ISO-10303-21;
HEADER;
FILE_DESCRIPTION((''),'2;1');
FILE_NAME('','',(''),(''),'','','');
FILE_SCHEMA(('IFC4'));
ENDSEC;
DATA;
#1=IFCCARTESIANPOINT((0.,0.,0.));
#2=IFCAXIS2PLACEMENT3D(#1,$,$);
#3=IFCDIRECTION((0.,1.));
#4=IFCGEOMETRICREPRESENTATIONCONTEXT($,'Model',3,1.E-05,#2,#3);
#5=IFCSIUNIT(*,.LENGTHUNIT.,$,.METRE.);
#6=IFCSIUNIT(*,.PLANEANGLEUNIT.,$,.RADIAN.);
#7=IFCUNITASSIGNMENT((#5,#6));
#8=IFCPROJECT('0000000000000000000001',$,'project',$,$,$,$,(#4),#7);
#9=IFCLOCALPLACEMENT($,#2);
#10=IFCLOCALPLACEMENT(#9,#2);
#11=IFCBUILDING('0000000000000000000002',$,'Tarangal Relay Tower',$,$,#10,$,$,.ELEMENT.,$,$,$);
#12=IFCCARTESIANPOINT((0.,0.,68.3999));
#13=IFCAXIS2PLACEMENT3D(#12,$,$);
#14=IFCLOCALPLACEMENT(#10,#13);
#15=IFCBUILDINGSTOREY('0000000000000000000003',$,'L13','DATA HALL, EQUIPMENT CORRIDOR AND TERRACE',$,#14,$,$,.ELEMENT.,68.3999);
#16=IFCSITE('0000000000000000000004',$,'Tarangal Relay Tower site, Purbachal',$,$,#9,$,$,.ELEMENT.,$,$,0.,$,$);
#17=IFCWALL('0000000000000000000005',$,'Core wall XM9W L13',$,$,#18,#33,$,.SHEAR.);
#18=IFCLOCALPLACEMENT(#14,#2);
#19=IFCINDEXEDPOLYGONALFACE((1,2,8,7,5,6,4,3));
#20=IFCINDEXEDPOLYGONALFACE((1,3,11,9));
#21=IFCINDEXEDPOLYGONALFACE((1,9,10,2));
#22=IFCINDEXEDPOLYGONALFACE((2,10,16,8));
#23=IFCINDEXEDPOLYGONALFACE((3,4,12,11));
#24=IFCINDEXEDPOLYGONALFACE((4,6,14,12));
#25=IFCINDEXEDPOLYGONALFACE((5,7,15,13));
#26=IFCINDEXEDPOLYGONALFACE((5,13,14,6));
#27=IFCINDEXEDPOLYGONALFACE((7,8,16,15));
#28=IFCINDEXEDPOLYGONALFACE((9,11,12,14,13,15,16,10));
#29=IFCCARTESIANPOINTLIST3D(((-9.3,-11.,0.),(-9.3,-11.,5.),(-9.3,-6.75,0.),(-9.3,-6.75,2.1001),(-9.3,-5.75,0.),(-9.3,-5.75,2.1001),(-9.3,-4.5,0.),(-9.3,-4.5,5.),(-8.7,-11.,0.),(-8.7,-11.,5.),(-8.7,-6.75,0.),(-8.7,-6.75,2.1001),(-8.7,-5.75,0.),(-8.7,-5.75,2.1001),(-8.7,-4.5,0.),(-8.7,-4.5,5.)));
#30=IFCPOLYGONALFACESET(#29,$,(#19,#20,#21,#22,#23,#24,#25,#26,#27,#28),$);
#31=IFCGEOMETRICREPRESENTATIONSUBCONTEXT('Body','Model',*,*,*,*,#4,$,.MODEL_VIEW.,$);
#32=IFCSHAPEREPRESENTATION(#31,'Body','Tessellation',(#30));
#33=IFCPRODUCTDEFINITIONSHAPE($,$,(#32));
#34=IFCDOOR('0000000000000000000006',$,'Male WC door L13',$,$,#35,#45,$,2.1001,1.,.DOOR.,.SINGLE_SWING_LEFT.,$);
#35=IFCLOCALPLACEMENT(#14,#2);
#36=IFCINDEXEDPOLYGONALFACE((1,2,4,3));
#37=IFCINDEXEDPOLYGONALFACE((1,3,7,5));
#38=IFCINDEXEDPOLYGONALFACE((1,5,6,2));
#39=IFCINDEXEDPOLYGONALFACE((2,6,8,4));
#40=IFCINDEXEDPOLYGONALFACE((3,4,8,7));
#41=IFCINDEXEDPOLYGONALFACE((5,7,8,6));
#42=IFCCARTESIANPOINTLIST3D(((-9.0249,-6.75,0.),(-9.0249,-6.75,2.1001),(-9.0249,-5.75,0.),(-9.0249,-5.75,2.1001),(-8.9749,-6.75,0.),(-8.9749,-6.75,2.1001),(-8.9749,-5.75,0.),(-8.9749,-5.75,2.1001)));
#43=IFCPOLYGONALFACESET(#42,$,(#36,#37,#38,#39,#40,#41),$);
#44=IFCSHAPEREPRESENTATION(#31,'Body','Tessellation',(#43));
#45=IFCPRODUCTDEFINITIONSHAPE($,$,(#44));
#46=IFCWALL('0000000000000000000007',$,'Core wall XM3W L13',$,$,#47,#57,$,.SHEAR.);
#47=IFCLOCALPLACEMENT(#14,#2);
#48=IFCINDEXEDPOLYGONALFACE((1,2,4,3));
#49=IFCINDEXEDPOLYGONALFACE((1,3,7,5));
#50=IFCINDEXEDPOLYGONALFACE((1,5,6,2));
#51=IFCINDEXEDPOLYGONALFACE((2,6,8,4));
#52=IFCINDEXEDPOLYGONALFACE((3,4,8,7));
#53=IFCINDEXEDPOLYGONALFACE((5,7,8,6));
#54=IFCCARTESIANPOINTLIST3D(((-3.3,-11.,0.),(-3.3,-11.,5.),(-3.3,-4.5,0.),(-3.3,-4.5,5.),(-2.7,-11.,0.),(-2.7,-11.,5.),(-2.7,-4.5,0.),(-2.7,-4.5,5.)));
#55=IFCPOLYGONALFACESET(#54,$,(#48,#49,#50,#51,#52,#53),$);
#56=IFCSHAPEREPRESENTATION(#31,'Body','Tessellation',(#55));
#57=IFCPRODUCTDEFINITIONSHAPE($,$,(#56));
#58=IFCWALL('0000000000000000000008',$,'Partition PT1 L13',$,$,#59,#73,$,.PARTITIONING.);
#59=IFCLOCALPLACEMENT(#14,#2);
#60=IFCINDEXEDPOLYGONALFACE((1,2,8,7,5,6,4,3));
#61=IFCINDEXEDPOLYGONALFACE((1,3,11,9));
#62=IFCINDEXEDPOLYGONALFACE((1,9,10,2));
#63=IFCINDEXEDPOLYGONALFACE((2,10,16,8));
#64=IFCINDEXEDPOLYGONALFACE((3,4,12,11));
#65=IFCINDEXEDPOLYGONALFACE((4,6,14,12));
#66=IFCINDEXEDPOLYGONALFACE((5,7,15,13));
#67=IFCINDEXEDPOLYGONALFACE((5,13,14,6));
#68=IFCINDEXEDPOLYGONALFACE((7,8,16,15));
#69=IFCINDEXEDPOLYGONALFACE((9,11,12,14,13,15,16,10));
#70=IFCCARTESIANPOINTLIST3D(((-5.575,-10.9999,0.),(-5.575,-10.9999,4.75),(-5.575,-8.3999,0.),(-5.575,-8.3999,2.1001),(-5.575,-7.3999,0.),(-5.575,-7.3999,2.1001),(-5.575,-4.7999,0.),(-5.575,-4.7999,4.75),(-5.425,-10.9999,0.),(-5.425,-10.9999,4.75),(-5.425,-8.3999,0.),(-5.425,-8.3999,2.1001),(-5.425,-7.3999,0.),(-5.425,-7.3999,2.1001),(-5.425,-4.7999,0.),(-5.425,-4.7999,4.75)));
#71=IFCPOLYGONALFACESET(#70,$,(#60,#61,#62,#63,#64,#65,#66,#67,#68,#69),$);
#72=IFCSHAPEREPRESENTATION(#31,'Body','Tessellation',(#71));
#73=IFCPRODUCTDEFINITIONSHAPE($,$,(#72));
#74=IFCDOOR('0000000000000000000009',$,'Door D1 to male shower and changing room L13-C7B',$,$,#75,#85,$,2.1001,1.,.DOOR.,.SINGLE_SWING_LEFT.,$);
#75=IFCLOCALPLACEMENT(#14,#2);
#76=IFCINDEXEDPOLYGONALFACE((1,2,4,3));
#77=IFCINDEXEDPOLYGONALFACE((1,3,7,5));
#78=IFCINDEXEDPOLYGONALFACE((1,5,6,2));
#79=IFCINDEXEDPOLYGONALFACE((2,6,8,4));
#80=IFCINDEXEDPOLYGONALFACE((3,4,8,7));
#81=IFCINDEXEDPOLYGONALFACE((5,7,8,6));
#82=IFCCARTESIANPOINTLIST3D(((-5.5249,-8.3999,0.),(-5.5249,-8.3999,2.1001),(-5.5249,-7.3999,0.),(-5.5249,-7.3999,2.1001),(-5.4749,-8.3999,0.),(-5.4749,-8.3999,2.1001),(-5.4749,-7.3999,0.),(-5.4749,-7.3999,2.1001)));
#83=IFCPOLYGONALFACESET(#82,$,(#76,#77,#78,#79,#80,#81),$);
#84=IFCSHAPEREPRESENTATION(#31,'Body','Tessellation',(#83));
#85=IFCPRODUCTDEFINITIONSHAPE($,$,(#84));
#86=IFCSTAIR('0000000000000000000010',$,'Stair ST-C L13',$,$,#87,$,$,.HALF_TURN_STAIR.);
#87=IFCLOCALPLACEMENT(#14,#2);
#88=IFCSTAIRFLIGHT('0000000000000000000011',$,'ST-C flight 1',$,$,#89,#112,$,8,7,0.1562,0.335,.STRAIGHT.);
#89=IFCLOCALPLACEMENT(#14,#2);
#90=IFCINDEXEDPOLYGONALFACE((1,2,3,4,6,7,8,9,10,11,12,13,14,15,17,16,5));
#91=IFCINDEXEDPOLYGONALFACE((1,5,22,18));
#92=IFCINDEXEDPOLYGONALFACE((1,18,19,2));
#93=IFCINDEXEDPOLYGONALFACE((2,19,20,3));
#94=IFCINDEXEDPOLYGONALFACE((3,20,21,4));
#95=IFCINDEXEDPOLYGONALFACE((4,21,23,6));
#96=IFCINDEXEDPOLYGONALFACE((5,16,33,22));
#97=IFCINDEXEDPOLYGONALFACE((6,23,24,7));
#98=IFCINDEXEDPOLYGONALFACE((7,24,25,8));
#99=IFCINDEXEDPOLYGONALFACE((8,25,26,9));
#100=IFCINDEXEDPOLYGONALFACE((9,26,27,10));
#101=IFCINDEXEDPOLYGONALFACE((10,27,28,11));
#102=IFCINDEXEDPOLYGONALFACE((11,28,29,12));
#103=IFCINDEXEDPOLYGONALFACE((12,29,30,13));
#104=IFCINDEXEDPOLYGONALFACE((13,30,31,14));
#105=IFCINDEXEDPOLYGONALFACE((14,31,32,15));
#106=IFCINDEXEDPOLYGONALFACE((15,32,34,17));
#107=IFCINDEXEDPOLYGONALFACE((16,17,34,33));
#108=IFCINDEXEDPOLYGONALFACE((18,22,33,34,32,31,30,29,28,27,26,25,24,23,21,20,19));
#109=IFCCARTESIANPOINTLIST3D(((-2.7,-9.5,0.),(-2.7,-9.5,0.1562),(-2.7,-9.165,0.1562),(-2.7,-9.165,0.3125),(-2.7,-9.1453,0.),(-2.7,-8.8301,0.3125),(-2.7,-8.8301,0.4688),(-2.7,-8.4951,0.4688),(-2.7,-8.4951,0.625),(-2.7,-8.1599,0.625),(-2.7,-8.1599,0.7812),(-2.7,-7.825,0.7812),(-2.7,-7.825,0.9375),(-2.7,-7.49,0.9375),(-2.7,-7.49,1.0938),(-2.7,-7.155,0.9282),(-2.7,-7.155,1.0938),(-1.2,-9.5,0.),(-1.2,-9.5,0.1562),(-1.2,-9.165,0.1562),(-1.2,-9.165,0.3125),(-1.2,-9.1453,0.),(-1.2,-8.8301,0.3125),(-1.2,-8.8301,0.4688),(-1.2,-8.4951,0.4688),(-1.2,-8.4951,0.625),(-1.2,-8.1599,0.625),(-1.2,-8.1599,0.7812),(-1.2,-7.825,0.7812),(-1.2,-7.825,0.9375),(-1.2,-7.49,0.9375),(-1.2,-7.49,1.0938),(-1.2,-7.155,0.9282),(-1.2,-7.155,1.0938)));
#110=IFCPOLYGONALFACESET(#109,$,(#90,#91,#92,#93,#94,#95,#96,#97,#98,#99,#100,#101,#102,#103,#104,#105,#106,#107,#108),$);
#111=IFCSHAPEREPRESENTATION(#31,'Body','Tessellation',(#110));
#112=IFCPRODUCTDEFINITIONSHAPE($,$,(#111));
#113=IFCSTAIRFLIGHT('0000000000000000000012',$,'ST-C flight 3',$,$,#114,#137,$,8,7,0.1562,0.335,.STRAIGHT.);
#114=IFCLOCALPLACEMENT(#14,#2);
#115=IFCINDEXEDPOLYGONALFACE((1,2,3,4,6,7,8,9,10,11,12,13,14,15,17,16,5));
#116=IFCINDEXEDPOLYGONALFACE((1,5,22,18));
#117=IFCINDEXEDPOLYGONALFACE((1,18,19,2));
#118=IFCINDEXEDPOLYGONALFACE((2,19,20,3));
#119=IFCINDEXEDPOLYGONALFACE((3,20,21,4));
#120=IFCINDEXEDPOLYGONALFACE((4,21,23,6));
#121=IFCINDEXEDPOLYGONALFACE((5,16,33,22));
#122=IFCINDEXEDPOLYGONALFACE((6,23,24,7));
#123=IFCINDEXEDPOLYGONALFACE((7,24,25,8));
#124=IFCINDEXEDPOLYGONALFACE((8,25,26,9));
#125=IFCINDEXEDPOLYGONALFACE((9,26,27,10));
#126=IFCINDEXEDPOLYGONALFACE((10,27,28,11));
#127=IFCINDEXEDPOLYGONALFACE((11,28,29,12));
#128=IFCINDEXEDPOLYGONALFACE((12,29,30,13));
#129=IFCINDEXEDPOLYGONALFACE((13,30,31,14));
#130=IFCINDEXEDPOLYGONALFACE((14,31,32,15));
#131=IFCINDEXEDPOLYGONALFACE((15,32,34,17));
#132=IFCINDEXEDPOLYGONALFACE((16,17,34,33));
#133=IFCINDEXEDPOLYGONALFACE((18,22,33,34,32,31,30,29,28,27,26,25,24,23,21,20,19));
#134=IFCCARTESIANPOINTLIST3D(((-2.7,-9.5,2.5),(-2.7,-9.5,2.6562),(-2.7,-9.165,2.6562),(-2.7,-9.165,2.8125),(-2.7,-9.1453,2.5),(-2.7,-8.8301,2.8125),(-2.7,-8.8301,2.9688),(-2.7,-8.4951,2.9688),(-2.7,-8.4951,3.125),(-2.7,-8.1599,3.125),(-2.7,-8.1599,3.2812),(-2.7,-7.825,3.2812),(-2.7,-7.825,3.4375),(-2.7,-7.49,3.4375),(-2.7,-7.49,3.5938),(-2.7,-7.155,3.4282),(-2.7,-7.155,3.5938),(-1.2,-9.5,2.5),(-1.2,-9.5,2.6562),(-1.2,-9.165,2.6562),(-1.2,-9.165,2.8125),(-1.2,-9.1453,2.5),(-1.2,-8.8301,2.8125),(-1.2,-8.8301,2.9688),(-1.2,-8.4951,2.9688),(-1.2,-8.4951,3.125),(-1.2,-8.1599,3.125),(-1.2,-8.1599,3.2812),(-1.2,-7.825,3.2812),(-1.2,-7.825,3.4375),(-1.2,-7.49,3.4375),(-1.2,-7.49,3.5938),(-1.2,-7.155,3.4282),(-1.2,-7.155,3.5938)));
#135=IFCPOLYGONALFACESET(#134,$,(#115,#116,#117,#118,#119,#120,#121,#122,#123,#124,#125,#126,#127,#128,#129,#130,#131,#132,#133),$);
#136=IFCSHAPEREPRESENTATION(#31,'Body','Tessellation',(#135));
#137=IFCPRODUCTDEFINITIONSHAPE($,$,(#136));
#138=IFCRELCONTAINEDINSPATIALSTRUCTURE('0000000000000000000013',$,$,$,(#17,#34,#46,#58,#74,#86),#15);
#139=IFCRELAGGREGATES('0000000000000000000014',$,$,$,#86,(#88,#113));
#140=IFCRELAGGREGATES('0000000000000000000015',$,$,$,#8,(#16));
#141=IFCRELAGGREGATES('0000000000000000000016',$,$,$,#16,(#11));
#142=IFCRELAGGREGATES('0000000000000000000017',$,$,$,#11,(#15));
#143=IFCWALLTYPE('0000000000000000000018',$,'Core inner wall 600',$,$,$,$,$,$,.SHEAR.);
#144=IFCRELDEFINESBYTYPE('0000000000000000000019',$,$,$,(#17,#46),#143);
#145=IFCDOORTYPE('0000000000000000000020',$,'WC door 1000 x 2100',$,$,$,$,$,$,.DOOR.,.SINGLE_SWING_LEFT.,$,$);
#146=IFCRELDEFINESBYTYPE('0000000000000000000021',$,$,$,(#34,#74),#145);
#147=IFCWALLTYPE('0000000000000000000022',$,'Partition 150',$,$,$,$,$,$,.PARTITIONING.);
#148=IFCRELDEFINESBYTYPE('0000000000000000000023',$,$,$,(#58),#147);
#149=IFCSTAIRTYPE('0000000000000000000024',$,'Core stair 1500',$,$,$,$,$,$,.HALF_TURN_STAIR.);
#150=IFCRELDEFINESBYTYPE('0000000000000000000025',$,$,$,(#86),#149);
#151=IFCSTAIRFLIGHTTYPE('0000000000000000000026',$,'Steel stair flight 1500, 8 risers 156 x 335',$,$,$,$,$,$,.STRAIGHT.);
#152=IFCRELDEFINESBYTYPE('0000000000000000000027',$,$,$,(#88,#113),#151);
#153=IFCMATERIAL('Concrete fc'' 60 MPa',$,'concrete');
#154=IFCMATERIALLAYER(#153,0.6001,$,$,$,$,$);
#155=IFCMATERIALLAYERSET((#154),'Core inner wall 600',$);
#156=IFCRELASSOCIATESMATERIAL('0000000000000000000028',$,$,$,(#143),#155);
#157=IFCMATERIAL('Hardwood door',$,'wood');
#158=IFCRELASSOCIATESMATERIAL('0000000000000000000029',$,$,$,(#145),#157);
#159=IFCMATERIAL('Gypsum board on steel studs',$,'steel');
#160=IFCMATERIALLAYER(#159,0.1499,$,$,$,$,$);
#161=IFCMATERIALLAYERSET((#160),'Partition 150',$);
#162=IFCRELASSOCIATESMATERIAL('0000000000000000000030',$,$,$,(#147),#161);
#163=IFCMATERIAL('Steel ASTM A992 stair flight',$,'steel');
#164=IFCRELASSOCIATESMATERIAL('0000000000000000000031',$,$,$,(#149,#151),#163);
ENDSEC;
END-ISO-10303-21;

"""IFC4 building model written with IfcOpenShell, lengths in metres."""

from ifc_helpers import new_model, si_unit, direction, frame, frame_2d, origin, place, context, subcontext, project, spatial, polyline, rectangle, outline, extrude, material, layer, layer_set, type_object, element, fill, aggregate, save


model = new_model("IFC4")

# Units and contexts
model_context = context("Model", 3, precision=1e-05, world=origin(), true_north=direction((0.0, 1.0)))
body_context = subcontext(model_context, "Body", "Model", "MODEL_VIEW")
ifc_project = project(units=[si_unit("LENGTHUNIT", "METRE"), si_unit("PLANEANGLEUNIT", "RADIAN")], contexts=[model_context])

# Site, building, storey
site_placement = place(None, origin())
site = spatial("IfcSite", under=ifc_project, at=site_placement, Name="Tarangal Relay Tower site, Purbachal", CompositionType="ELEMENT", RefElevation=0.0)
building_placement = place(site_placement, origin())
building = spatial("IfcBuilding", under=site, at=building_placement, Name="Tarangal Relay Tower", CompositionType="ELEMENT")
storey_placement = place(building_placement, frame((0.0, 0.0, 68.3999)))
storey = spatial("IfcBuildingStorey", under=building, at=storey_placement, Name="L13", Description="DATA HALL, EQUIPMENT CORRIDOR AND TERRACE", CompositionType="ELEMENT", Elevation=68.3999)

# Shared definitions
ifc_material_1 = material(Name="Concrete fc' 60 MPa", Category="concrete")
ifc_layer_1 = layer(ifc_material_1, 0.6001)
ifc_layer_set_1 = layer_set([ifc_layer_1], Name="Core inner wall 600")
wall_type_1 = type_object("IfcWallType", Name="Core inner wall 600", PredefinedType="SHEAR", material=ifc_layer_set_1)

# Shared definitions
ifc_material_2 = material(Name="Hardwood door", Category="wood")
door_type = type_object("IfcDoorType", Name="WC door 1000 x 2100", OperationType="SINGLE_SWING_LEFT", PredefinedType="DOOR", material=ifc_material_2)

# Wall, opening, door
wall_1_placement = place(storey_placement, frame((-9.0, -11.0, 0.0), z_axis=(0.0, 0.0, 1.0), x_axis=(0.0, 1.0, 0.0)))
wall_1 = element("IfcWall", 1, at=wall_1_placement, inside=storey, type_object=wall_type_1, Name="Core wall XM9W L13", PredefinedType="SHEAR", context=body_context, shape_type="SweptSolid", body=[
    extrude(rectangle(XDim=6.5, YDim=0.6001, at=frame_2d((3.25, 0.0))), origin(), (0.0, 0.0, 1.0), 5.0),
])
opening_1_placement = place(wall_1_placement, frame((4.25, 0.0, 0.0)))
opening_1 = element("IfcOpeningElement", 2, at=opening_1_placement, cuts=wall_1, PredefinedType="OPENING", context=body_context, shape_type="SweptSolid", body=[
    extrude(rectangle(XDim=1.0, YDim=2.1001, at=frame_2d((0.5, 1.05))), frame((0.0, 0.3101, 0.0), z_axis=(0.0, -1.0, 0.0), x_axis=(1.0, 0.0, 0.0)), (0.0, 0.0, 1.0), 0.6201),
])
door_1_placement = place(opening_1_placement, origin())
door_1 = element("IfcDoor", 3, at=door_1_placement, inside=storey, type_object=door_type, Name="Male WC door L13", OperationType="SINGLE_SWING_LEFT", OverallHeight=2.1001, OverallWidth=1.0, PredefinedType="DOOR", context=body_context, shape_type="SweptSolid", body=[
    extrude(rectangle(XDim=1.0, YDim=2.1001, at=frame_2d((0.5, 1.05))), frame((0.0, 0.0249, 0.0), z_axis=(0.0, -1.0, 0.0), x_axis=(1.0, 0.0, 0.0)), (0.0, 0.0, 1.0), 0.05),
])
fill(opening_1, door_1)

# Wall
wall_2_placement = place(storey_placement, frame((-3.0, -11.0, 0.0), z_axis=(0.0, 0.0, 1.0), x_axis=(0.0, 1.0, 0.0)))
element("IfcWall", 4, at=wall_2_placement, inside=storey, type_object=wall_type_1, Name="Core wall XM3W L13", PredefinedType="SHEAR", context=body_context, shape_type="SweptSolid", body=[
    extrude(rectangle(XDim=6.5, YDim=0.6001, at=frame_2d((3.25, 0.0))), origin(), (0.0, 0.0, 1.0), 5.0),
])

# Wall, opening, door
ifc_material_3 = material(Name="Gypsum board on steel studs", Category="steel")
ifc_layer_2 = layer(ifc_material_3, 0.1499)
ifc_layer_set_2 = layer_set([ifc_layer_2], Name="Partition 150")
wall_type_2 = type_object("IfcWallType", Name="Partition 150", PredefinedType="PARTITIONING", material=ifc_layer_set_2)
wall_3_placement = place(storey_placement, frame((-5.5, -11.0, 0.0), z_axis=(0.0, 0.0, 1.0), x_axis=(0.0, 1.0, 0.0)))
wall_3 = element("IfcWall", 5, at=wall_3_placement, inside=storey, type_object=wall_type_2, Name="Partition PT1 L13", PredefinedType="PARTITIONING", context=body_context, shape_type="SweptSolid", body=[
    extrude(rectangle(XDim=6.2, YDim=0.1499, at=frame_2d((3.1001, 0.0))), origin(), (0.0, 0.0, 1.0), 4.75),
])
opening_2_placement = place(wall_3_placement, frame((2.6001, 0.0, 0.0)))
opening_2 = element("IfcOpeningElement", 6, at=opening_2_placement, cuts=wall_3, PredefinedType="OPENING", context=body_context, shape_type="SweptSolid", body=[
    extrude(rectangle(XDim=1.0, YDim=2.1001, at=frame_2d((0.5, 1.05))), frame((0.0, 0.085, 0.0), z_axis=(0.0, -1.0, 0.0), x_axis=(1.0, 0.0, 0.0)), (0.0, 0.0, 1.0), 0.1699),
])
door_2_placement = place(opening_2_placement, origin())
door_2 = element("IfcDoor", 7, at=door_2_placement, inside=storey, type_object=door_type, Name="Door D1 to male shower and changing room L13-C7B", OperationType="SINGLE_SWING_LEFT", OverallHeight=2.1001, OverallWidth=1.0, PredefinedType="DOOR", context=body_context, shape_type="SweptSolid", body=[
    extrude(rectangle(XDim=1.0, YDim=2.1001, at=frame_2d((0.5, 1.05))), frame((0.0, 0.0249, 0.0), z_axis=(0.0, -1.0, 0.0), x_axis=(1.0, 0.0, 0.0)), (0.0, 0.0, 1.0), 0.05),
])
fill(opening_2, door_2)

# Stair, stair flights
ifc_material_4 = material(Name="Steel ASTM A992 stair flight", Category="steel")
stair_type = type_object("IfcStairType", Name="Core stair 1500", PredefinedType="HALF_TURN_STAIR", material=ifc_material_4)
stair_placement = place(storey_placement, origin())
stair = element("IfcStair", 8, at=stair_placement, inside=storey, type_object=stair_type, Name="Stair ST-C L13", PredefinedType="HALF_TURN_STAIR")
stair_flight_type = type_object("IfcStairFlightType", Name="Steel stair flight 1500, 8 risers 156 x 335", PredefinedType="STRAIGHT", material=ifc_material_4)
stair_flight_1_placement = place(storey_placement, frame((-1.95, -9.5, 0.0), z_axis=(0.0, 0.0, 1.0), x_axis=(0.0, 1.0, 0.0)))
stair_flight_1 = element("IfcStairFlight", 9, at=stair_flight_1_placement, type_object=stair_flight_type, Name="ST-C flight 1", NumberOfRisers=8, NumberOfTreads=7, PredefinedType="STRAIGHT", RiserHeight=0.1562, TreadLength=0.335, context=body_context, shape_type="SweptSolid", body=[
    extrude(outline(polyline([(0.0, 0.0), (0.0, 0.1562), (0.335, 0.1562), (0.335, 0.3125), (0.6699, 0.3125), (0.6699, 0.4688), (1.0049, 0.4688), (1.0049, 0.625), (1.3401, 0.625), (1.3401, 0.7812), (1.675, 0.7812), (1.675, 0.9375), (2.01, 0.9375), (2.01, 1.0938), (2.345, 1.0938), (2.345, 1.25), (2.345, 0.9282), (0.3547, 0.0), (0.0, 0.0)])), frame((0.0, 0.75, 0.0), z_axis=(0.0, -1.0, 0.0), x_axis=(1.0, 0.0, 0.0)), (0.0, 0.0, 1.0), 1.5),
])
stair_flight_2_placement = place(storey_placement, frame((-1.95, -9.5, 2.5), z_axis=(0.0, 0.0, 1.0), x_axis=(0.0, 1.0, 0.0)))
stair_flight_2 = element("IfcStairFlight", 10, at=stair_flight_2_placement, type_object=stair_flight_type, Name="ST-C flight 3", NumberOfRisers=8, NumberOfTreads=7, PredefinedType="STRAIGHT", RiserHeight=0.1562, TreadLength=0.335, context=body_context, shape_type="SweptSolid", body=[
    extrude(outline(polyline([(0.0, 0.0), (0.0, 0.1562), (0.335, 0.1562), (0.335, 0.3125), (0.6699, 0.3125), (0.6699, 0.4688), (1.0049, 0.4688), (1.0049, 0.625), (1.3401, 0.625), (1.3401, 0.7812), (1.675, 0.7812), (1.675, 0.9375), (2.01, 0.9375), (2.01, 1.0938), (2.345, 1.0938), (2.345, 1.25), (2.345, 0.9282), (0.3547, 0.0), (0.0, 0.0)])), frame((0.0, 0.75, 0.0), z_axis=(0.0, -1.0, 0.0), x_axis=(1.0, 0.0, 0.0)), (0.0, 0.0, 1.0), 1.5),
])
aggregate(stair, [stair_flight_1, stair_flight_2])

save(model, "model.ifc")
